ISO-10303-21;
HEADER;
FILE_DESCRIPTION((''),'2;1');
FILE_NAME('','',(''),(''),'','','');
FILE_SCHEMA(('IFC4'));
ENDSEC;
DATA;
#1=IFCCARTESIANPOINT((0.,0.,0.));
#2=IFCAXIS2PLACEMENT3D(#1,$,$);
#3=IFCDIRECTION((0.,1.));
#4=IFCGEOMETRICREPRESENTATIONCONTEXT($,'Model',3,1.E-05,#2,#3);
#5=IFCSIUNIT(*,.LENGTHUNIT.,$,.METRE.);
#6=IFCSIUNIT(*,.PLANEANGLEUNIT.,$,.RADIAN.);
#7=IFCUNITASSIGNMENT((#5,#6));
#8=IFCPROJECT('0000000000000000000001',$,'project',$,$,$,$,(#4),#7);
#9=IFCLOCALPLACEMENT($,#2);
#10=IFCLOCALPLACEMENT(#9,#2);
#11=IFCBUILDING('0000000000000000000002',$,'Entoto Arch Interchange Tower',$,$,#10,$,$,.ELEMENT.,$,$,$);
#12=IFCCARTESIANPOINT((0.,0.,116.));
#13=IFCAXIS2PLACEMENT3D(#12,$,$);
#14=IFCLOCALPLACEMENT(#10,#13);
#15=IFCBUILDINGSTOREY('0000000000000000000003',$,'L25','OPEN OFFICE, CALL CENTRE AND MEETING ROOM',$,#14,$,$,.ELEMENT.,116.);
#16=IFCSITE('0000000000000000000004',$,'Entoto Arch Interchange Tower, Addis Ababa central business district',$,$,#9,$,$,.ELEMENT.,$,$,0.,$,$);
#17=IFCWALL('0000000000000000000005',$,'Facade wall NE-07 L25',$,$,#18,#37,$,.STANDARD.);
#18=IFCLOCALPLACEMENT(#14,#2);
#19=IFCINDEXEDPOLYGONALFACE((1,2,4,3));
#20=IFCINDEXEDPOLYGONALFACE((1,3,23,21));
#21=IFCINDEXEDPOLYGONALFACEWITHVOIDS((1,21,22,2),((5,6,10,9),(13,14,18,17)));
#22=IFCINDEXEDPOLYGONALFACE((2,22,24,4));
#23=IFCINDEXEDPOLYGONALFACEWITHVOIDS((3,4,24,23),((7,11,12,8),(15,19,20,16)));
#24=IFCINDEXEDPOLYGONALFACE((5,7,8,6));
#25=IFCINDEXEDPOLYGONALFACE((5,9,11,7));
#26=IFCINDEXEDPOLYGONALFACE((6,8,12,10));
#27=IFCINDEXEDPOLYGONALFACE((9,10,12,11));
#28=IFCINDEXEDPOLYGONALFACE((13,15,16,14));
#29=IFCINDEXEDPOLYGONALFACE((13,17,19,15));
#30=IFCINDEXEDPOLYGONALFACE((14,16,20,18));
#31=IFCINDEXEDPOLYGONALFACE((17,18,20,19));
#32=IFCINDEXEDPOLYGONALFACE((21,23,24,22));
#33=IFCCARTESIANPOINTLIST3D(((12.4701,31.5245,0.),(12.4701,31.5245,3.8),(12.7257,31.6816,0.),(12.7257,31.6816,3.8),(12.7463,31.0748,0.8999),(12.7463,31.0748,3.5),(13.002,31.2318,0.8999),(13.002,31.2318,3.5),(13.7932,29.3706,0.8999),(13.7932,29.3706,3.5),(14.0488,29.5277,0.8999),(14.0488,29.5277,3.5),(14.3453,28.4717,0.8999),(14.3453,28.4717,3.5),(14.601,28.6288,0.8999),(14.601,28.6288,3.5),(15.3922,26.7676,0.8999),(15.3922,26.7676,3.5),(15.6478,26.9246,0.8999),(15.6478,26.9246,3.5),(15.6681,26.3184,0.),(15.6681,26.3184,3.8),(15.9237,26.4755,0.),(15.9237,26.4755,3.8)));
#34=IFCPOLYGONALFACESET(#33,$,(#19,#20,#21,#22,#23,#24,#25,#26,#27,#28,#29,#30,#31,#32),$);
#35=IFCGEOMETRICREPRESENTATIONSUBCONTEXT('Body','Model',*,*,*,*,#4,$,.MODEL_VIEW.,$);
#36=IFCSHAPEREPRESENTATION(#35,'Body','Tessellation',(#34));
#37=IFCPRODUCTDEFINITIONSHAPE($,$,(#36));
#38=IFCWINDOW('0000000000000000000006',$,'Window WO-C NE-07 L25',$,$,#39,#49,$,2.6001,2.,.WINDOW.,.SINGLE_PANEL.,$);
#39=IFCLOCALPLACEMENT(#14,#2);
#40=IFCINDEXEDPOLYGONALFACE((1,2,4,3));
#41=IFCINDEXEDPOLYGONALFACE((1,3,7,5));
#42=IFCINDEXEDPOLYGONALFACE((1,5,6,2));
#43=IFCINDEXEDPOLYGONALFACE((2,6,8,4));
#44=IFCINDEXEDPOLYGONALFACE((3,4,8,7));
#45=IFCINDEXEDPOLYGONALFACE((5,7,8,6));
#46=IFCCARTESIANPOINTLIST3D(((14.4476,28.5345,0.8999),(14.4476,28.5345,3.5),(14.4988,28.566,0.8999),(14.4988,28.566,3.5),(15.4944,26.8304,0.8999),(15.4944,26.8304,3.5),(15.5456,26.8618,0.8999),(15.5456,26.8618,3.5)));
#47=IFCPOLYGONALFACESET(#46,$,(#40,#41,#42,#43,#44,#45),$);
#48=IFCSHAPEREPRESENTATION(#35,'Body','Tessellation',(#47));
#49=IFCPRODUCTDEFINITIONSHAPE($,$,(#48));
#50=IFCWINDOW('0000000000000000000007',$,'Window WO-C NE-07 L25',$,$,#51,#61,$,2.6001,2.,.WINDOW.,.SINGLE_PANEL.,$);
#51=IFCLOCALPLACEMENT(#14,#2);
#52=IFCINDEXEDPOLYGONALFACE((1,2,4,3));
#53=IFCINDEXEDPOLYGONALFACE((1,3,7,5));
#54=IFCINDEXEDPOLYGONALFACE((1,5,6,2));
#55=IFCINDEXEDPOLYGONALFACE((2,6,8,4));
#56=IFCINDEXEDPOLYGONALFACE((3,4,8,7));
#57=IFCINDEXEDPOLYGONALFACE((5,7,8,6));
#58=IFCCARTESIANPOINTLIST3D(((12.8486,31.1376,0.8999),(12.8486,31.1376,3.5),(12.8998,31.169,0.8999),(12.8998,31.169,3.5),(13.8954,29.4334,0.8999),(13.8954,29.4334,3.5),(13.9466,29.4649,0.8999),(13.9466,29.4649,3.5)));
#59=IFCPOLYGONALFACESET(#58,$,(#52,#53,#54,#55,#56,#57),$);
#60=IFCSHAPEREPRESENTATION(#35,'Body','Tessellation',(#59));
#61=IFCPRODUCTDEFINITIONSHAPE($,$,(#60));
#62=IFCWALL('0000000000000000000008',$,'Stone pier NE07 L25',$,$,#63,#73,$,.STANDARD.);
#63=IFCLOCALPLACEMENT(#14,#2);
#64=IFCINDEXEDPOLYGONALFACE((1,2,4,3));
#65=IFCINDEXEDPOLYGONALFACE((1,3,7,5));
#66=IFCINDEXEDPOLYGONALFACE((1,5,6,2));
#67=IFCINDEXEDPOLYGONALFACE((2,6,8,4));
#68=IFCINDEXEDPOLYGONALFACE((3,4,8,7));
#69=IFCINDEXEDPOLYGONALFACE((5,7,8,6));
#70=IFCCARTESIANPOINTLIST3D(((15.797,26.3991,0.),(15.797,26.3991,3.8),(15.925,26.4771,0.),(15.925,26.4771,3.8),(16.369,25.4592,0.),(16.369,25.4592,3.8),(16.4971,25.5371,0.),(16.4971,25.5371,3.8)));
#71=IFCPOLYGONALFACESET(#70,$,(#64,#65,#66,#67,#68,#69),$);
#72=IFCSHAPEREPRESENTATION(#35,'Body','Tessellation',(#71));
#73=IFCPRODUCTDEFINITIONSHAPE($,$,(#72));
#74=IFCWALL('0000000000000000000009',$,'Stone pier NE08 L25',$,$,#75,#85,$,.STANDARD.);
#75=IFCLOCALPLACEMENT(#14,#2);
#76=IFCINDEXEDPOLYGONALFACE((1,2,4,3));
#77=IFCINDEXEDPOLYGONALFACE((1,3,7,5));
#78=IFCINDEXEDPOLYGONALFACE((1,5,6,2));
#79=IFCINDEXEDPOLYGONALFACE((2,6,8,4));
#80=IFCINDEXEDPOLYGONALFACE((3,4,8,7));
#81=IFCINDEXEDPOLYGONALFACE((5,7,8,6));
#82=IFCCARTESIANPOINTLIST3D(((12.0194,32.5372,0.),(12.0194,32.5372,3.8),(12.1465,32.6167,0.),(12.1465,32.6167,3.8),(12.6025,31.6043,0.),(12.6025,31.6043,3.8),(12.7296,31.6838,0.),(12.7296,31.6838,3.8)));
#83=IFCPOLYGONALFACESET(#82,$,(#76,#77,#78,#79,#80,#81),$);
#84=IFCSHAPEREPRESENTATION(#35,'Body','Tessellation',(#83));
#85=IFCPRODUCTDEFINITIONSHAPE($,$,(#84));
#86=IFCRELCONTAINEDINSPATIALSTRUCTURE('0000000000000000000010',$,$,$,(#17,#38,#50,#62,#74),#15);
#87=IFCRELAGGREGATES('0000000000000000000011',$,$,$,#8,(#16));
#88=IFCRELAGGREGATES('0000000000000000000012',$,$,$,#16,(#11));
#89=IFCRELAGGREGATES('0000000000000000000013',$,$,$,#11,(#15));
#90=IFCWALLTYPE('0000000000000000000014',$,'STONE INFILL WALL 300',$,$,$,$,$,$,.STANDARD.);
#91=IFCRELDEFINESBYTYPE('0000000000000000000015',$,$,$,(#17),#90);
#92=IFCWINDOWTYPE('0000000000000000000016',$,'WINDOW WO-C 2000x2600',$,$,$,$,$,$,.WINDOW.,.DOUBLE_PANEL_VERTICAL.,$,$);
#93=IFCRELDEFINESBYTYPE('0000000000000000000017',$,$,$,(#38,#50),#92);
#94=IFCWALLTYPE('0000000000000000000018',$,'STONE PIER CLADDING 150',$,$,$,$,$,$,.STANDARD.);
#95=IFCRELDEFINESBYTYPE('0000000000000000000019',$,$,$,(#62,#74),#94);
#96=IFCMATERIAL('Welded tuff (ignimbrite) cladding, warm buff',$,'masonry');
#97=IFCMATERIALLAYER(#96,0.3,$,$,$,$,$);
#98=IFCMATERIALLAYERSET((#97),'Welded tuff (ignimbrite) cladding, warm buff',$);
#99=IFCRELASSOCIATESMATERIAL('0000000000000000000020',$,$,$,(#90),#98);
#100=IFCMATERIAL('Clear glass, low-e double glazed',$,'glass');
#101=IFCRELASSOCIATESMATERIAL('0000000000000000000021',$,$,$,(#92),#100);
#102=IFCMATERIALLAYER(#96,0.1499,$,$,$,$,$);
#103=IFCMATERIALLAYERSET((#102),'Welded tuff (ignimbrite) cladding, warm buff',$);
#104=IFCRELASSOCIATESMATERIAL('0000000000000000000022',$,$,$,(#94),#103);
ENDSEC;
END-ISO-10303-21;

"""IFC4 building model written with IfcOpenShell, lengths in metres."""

from ifc_helpers import new_model, si_unit, direction, frame, frame_2d, origin, place, context, subcontext, project, spatial, rectangle, extrude, material, layer, layer_set, type_object, element, fill, save


model = new_model("IFC4")

# Units and contexts
model_context = context("Model", 3, precision=1e-05, world=origin(), true_north=direction((0.0, 1.0)))
body_context = subcontext(model_context, "Body", "Model", "MODEL_VIEW")
ifc_project = project(units=[si_unit("LENGTHUNIT", "METRE"), si_unit("PLANEANGLEUNIT", "RADIAN")], contexts=[model_context])

# Site, building, storey
site_placement = place(None, origin())
site = spatial("IfcSite", under=ifc_project, at=site_placement, Name="Entoto Arch Interchange Tower, Addis Ababa central business district", CompositionType="ELEMENT", RefElevation=0.0)
building_placement = place(site_placement, origin())
building = spatial("IfcBuilding", under=site, at=building_placement, Name="Entoto Arch Interchange Tower", CompositionType="ELEMENT")
storey_placement = place(building_placement, frame((0.0, 0.0, 116.0)))
storey = spatial("IfcBuildingStorey", under=building, at=storey_placement, Name="L25", Description="OPEN OFFICE, CALL CENTRE AND MEETING ROOM", CompositionType="ELEMENT", Elevation=116.0)

# Wall, openings, windows
ifc_material_1 = material(Name="Welded tuff (ignimbrite) cladding, warm buff", Category="masonry")
ifc_layer_1 = layer(ifc_material_1, 0.3)
ifc_layer_set_1 = layer_set([ifc_layer_1], Name="Welded tuff (ignimbrite) cladding, warm buff")
wall_type_1 = type_object("IfcWallType", Name="STONE INFILL WALL 300", PredefinedType="STANDARD", material=ifc_layer_set_1)
wall_1_placement = place(storey_placement, frame((15.7959, 26.397, 0.0), z_axis=(0.0, 0.0, 1.0), x_axis=(-0.523417, 0.852076, 0.0)))
wall_1 = element("IfcWall", 1, at=wall_1_placement, inside=storey, type_object=wall_type_1, Name="Facade wall NE-07 L25", PredefinedType="STANDARD", context=body_context, shape_type="SweptSolid", body=[
    extrude(rectangle(XDim=6.1099, YDim=0.3, at=frame_2d((3.0549, 0.0))), origin(), (0.0, 0.0, 1.0), 3.8),
])
opening_1_placement = place(wall_1_placement, frame((0.5271, 0.0, 0.8999)))
opening_1 = element("IfcOpeningElement", 2, at=opening_1_placement, cuts=wall_1, PredefinedType="OPENING", context=body_context, shape_type="SweptSolid", body=[
    extrude(rectangle(XDim=2.0, YDim=2.6001, at=frame_2d((1.0, 1.3))), frame((0.0, 0.1602, 0.0), z_axis=(0.0, -1.0, 0.0), x_axis=(1.0, 0.0, 0.0)), (0.0, 0.0, 1.0), 0.3201),
])
opening_2_placement = place(wall_1_placement, frame((3.582, 0.0, 0.8999)))
opening_2 = element("IfcOpeningElement", 3, at=opening_2_placement, cuts=wall_1, PredefinedType="OPENING", context=body_context, shape_type="SweptSolid", body=[
    extrude(rectangle(XDim=2.0, YDim=2.6001, at=frame_2d((1.0, 1.3))), frame((0.0, 0.1602, 0.0), z_axis=(0.0, -1.0, 0.0), x_axis=(1.0, 0.0, 0.0)), (0.0, 0.0, 1.0), 0.3201),
])
ifc_material_2 = material(Name="Clear glass, low-e double glazed", Category="glass")
window_type = type_object("IfcWindowType", Name="WINDOW WO-C 2000x2600", PartitioningType="DOUBLE_PANEL_VERTICAL", PredefinedType="WINDOW", material=ifc_material_2)
window_1_placement = place(opening_1_placement, origin())
window_1 = element("IfcWindow", 4, at=window_1_placement, inside=storey, type_object=window_type, Name="Window WO-C NE-07 L25", OverallHeight=2.6001, OverallWidth=2.0, PartitioningType="SINGLE_PANEL", PredefinedType="WINDOW", context=body_context, shape_type="SweptSolid", body=[
    extrude(rectangle(XDim=2.0, YDim=2.6001, at=frame_2d((1.0, 1.3))), frame((0.0, 0.03, 0.0), z_axis=(0.0, -1.0, 0.0), x_axis=(1.0, 0.0, 0.0)), (0.0, 0.0, 1.0), 0.0601),
])
fill(opening_1, window_1)
window_2_placement = place(opening_2_placement, origin())
window_2 = element("IfcWindow", 5, at=window_2_placement, inside=storey, type_object=window_type, Name="Window WO-C NE-07 L25", OverallHeight=2.6001, OverallWidth=2.0, PartitioningType="SINGLE_PANEL", PredefinedType="WINDOW", context=body_context, shape_type="SweptSolid", body=[
    extrude(rectangle(XDim=2.0, YDim=2.6001, at=frame_2d((1.0, 1.3))), frame((0.0, 0.03, 0.0), z_axis=(0.0, -1.0, 0.0), x_axis=(1.0, 0.0, 0.0)), (0.0, 0.0, 1.0), 0.0601),
])
fill(opening_2, window_2)

# Walls
ifc_layer_2 = layer(ifc_material_1, 0.1499)
ifc_layer_set_2 = layer_set([ifc_layer_2], Name="Welded tuff (ignimbrite) cladding, warm buff")
wall_type_2 = type_object("IfcWallType", Name="STONE PIER CLADDING 150", PredefinedType="STANDARD", material=ifc_layer_set_2)
wall_2_placement = place(storey_placement, frame((16.4331, 25.498, 0.0), z_axis=(0.0, 0.0, 1.0), x_axis=(-0.51987, 0.854246, 0.0)))
element("IfcWall", 6, at=wall_2_placement, inside=storey, type_object=wall_type_2, Name="Stone pier NE07 L25", PredefinedType="STANDARD", context=body_context, shape_type="SweptSolid", body=[
    extrude(rectangle(XDim=1.1003, YDim=0.1499, at=frame_2d((0.5503, 0.0))), origin(), (0.0, 0.0, 1.0), 3.8),
])
wall_3_placement = place(storey_placement, frame((12.666, 31.644, 0.0), z_axis=(0.0, 0.0, 1.0), x_axis=(-0.529979, 0.848011, 0.0)))
element("IfcWall", 7, at=wall_3_placement, inside=storey, type_object=wall_type_2, Name="Stone pier NE08 L25", PredefinedType="STANDARD", context=body_context, shape_type="SweptSolid", body=[
    extrude(rectangle(XDim=1.1001, YDim=0.1499, at=frame_2d((0.55, 0.0))), origin(), (0.0, 0.0, 1.0), 3.8),
])

save(model, "model.ifc")
